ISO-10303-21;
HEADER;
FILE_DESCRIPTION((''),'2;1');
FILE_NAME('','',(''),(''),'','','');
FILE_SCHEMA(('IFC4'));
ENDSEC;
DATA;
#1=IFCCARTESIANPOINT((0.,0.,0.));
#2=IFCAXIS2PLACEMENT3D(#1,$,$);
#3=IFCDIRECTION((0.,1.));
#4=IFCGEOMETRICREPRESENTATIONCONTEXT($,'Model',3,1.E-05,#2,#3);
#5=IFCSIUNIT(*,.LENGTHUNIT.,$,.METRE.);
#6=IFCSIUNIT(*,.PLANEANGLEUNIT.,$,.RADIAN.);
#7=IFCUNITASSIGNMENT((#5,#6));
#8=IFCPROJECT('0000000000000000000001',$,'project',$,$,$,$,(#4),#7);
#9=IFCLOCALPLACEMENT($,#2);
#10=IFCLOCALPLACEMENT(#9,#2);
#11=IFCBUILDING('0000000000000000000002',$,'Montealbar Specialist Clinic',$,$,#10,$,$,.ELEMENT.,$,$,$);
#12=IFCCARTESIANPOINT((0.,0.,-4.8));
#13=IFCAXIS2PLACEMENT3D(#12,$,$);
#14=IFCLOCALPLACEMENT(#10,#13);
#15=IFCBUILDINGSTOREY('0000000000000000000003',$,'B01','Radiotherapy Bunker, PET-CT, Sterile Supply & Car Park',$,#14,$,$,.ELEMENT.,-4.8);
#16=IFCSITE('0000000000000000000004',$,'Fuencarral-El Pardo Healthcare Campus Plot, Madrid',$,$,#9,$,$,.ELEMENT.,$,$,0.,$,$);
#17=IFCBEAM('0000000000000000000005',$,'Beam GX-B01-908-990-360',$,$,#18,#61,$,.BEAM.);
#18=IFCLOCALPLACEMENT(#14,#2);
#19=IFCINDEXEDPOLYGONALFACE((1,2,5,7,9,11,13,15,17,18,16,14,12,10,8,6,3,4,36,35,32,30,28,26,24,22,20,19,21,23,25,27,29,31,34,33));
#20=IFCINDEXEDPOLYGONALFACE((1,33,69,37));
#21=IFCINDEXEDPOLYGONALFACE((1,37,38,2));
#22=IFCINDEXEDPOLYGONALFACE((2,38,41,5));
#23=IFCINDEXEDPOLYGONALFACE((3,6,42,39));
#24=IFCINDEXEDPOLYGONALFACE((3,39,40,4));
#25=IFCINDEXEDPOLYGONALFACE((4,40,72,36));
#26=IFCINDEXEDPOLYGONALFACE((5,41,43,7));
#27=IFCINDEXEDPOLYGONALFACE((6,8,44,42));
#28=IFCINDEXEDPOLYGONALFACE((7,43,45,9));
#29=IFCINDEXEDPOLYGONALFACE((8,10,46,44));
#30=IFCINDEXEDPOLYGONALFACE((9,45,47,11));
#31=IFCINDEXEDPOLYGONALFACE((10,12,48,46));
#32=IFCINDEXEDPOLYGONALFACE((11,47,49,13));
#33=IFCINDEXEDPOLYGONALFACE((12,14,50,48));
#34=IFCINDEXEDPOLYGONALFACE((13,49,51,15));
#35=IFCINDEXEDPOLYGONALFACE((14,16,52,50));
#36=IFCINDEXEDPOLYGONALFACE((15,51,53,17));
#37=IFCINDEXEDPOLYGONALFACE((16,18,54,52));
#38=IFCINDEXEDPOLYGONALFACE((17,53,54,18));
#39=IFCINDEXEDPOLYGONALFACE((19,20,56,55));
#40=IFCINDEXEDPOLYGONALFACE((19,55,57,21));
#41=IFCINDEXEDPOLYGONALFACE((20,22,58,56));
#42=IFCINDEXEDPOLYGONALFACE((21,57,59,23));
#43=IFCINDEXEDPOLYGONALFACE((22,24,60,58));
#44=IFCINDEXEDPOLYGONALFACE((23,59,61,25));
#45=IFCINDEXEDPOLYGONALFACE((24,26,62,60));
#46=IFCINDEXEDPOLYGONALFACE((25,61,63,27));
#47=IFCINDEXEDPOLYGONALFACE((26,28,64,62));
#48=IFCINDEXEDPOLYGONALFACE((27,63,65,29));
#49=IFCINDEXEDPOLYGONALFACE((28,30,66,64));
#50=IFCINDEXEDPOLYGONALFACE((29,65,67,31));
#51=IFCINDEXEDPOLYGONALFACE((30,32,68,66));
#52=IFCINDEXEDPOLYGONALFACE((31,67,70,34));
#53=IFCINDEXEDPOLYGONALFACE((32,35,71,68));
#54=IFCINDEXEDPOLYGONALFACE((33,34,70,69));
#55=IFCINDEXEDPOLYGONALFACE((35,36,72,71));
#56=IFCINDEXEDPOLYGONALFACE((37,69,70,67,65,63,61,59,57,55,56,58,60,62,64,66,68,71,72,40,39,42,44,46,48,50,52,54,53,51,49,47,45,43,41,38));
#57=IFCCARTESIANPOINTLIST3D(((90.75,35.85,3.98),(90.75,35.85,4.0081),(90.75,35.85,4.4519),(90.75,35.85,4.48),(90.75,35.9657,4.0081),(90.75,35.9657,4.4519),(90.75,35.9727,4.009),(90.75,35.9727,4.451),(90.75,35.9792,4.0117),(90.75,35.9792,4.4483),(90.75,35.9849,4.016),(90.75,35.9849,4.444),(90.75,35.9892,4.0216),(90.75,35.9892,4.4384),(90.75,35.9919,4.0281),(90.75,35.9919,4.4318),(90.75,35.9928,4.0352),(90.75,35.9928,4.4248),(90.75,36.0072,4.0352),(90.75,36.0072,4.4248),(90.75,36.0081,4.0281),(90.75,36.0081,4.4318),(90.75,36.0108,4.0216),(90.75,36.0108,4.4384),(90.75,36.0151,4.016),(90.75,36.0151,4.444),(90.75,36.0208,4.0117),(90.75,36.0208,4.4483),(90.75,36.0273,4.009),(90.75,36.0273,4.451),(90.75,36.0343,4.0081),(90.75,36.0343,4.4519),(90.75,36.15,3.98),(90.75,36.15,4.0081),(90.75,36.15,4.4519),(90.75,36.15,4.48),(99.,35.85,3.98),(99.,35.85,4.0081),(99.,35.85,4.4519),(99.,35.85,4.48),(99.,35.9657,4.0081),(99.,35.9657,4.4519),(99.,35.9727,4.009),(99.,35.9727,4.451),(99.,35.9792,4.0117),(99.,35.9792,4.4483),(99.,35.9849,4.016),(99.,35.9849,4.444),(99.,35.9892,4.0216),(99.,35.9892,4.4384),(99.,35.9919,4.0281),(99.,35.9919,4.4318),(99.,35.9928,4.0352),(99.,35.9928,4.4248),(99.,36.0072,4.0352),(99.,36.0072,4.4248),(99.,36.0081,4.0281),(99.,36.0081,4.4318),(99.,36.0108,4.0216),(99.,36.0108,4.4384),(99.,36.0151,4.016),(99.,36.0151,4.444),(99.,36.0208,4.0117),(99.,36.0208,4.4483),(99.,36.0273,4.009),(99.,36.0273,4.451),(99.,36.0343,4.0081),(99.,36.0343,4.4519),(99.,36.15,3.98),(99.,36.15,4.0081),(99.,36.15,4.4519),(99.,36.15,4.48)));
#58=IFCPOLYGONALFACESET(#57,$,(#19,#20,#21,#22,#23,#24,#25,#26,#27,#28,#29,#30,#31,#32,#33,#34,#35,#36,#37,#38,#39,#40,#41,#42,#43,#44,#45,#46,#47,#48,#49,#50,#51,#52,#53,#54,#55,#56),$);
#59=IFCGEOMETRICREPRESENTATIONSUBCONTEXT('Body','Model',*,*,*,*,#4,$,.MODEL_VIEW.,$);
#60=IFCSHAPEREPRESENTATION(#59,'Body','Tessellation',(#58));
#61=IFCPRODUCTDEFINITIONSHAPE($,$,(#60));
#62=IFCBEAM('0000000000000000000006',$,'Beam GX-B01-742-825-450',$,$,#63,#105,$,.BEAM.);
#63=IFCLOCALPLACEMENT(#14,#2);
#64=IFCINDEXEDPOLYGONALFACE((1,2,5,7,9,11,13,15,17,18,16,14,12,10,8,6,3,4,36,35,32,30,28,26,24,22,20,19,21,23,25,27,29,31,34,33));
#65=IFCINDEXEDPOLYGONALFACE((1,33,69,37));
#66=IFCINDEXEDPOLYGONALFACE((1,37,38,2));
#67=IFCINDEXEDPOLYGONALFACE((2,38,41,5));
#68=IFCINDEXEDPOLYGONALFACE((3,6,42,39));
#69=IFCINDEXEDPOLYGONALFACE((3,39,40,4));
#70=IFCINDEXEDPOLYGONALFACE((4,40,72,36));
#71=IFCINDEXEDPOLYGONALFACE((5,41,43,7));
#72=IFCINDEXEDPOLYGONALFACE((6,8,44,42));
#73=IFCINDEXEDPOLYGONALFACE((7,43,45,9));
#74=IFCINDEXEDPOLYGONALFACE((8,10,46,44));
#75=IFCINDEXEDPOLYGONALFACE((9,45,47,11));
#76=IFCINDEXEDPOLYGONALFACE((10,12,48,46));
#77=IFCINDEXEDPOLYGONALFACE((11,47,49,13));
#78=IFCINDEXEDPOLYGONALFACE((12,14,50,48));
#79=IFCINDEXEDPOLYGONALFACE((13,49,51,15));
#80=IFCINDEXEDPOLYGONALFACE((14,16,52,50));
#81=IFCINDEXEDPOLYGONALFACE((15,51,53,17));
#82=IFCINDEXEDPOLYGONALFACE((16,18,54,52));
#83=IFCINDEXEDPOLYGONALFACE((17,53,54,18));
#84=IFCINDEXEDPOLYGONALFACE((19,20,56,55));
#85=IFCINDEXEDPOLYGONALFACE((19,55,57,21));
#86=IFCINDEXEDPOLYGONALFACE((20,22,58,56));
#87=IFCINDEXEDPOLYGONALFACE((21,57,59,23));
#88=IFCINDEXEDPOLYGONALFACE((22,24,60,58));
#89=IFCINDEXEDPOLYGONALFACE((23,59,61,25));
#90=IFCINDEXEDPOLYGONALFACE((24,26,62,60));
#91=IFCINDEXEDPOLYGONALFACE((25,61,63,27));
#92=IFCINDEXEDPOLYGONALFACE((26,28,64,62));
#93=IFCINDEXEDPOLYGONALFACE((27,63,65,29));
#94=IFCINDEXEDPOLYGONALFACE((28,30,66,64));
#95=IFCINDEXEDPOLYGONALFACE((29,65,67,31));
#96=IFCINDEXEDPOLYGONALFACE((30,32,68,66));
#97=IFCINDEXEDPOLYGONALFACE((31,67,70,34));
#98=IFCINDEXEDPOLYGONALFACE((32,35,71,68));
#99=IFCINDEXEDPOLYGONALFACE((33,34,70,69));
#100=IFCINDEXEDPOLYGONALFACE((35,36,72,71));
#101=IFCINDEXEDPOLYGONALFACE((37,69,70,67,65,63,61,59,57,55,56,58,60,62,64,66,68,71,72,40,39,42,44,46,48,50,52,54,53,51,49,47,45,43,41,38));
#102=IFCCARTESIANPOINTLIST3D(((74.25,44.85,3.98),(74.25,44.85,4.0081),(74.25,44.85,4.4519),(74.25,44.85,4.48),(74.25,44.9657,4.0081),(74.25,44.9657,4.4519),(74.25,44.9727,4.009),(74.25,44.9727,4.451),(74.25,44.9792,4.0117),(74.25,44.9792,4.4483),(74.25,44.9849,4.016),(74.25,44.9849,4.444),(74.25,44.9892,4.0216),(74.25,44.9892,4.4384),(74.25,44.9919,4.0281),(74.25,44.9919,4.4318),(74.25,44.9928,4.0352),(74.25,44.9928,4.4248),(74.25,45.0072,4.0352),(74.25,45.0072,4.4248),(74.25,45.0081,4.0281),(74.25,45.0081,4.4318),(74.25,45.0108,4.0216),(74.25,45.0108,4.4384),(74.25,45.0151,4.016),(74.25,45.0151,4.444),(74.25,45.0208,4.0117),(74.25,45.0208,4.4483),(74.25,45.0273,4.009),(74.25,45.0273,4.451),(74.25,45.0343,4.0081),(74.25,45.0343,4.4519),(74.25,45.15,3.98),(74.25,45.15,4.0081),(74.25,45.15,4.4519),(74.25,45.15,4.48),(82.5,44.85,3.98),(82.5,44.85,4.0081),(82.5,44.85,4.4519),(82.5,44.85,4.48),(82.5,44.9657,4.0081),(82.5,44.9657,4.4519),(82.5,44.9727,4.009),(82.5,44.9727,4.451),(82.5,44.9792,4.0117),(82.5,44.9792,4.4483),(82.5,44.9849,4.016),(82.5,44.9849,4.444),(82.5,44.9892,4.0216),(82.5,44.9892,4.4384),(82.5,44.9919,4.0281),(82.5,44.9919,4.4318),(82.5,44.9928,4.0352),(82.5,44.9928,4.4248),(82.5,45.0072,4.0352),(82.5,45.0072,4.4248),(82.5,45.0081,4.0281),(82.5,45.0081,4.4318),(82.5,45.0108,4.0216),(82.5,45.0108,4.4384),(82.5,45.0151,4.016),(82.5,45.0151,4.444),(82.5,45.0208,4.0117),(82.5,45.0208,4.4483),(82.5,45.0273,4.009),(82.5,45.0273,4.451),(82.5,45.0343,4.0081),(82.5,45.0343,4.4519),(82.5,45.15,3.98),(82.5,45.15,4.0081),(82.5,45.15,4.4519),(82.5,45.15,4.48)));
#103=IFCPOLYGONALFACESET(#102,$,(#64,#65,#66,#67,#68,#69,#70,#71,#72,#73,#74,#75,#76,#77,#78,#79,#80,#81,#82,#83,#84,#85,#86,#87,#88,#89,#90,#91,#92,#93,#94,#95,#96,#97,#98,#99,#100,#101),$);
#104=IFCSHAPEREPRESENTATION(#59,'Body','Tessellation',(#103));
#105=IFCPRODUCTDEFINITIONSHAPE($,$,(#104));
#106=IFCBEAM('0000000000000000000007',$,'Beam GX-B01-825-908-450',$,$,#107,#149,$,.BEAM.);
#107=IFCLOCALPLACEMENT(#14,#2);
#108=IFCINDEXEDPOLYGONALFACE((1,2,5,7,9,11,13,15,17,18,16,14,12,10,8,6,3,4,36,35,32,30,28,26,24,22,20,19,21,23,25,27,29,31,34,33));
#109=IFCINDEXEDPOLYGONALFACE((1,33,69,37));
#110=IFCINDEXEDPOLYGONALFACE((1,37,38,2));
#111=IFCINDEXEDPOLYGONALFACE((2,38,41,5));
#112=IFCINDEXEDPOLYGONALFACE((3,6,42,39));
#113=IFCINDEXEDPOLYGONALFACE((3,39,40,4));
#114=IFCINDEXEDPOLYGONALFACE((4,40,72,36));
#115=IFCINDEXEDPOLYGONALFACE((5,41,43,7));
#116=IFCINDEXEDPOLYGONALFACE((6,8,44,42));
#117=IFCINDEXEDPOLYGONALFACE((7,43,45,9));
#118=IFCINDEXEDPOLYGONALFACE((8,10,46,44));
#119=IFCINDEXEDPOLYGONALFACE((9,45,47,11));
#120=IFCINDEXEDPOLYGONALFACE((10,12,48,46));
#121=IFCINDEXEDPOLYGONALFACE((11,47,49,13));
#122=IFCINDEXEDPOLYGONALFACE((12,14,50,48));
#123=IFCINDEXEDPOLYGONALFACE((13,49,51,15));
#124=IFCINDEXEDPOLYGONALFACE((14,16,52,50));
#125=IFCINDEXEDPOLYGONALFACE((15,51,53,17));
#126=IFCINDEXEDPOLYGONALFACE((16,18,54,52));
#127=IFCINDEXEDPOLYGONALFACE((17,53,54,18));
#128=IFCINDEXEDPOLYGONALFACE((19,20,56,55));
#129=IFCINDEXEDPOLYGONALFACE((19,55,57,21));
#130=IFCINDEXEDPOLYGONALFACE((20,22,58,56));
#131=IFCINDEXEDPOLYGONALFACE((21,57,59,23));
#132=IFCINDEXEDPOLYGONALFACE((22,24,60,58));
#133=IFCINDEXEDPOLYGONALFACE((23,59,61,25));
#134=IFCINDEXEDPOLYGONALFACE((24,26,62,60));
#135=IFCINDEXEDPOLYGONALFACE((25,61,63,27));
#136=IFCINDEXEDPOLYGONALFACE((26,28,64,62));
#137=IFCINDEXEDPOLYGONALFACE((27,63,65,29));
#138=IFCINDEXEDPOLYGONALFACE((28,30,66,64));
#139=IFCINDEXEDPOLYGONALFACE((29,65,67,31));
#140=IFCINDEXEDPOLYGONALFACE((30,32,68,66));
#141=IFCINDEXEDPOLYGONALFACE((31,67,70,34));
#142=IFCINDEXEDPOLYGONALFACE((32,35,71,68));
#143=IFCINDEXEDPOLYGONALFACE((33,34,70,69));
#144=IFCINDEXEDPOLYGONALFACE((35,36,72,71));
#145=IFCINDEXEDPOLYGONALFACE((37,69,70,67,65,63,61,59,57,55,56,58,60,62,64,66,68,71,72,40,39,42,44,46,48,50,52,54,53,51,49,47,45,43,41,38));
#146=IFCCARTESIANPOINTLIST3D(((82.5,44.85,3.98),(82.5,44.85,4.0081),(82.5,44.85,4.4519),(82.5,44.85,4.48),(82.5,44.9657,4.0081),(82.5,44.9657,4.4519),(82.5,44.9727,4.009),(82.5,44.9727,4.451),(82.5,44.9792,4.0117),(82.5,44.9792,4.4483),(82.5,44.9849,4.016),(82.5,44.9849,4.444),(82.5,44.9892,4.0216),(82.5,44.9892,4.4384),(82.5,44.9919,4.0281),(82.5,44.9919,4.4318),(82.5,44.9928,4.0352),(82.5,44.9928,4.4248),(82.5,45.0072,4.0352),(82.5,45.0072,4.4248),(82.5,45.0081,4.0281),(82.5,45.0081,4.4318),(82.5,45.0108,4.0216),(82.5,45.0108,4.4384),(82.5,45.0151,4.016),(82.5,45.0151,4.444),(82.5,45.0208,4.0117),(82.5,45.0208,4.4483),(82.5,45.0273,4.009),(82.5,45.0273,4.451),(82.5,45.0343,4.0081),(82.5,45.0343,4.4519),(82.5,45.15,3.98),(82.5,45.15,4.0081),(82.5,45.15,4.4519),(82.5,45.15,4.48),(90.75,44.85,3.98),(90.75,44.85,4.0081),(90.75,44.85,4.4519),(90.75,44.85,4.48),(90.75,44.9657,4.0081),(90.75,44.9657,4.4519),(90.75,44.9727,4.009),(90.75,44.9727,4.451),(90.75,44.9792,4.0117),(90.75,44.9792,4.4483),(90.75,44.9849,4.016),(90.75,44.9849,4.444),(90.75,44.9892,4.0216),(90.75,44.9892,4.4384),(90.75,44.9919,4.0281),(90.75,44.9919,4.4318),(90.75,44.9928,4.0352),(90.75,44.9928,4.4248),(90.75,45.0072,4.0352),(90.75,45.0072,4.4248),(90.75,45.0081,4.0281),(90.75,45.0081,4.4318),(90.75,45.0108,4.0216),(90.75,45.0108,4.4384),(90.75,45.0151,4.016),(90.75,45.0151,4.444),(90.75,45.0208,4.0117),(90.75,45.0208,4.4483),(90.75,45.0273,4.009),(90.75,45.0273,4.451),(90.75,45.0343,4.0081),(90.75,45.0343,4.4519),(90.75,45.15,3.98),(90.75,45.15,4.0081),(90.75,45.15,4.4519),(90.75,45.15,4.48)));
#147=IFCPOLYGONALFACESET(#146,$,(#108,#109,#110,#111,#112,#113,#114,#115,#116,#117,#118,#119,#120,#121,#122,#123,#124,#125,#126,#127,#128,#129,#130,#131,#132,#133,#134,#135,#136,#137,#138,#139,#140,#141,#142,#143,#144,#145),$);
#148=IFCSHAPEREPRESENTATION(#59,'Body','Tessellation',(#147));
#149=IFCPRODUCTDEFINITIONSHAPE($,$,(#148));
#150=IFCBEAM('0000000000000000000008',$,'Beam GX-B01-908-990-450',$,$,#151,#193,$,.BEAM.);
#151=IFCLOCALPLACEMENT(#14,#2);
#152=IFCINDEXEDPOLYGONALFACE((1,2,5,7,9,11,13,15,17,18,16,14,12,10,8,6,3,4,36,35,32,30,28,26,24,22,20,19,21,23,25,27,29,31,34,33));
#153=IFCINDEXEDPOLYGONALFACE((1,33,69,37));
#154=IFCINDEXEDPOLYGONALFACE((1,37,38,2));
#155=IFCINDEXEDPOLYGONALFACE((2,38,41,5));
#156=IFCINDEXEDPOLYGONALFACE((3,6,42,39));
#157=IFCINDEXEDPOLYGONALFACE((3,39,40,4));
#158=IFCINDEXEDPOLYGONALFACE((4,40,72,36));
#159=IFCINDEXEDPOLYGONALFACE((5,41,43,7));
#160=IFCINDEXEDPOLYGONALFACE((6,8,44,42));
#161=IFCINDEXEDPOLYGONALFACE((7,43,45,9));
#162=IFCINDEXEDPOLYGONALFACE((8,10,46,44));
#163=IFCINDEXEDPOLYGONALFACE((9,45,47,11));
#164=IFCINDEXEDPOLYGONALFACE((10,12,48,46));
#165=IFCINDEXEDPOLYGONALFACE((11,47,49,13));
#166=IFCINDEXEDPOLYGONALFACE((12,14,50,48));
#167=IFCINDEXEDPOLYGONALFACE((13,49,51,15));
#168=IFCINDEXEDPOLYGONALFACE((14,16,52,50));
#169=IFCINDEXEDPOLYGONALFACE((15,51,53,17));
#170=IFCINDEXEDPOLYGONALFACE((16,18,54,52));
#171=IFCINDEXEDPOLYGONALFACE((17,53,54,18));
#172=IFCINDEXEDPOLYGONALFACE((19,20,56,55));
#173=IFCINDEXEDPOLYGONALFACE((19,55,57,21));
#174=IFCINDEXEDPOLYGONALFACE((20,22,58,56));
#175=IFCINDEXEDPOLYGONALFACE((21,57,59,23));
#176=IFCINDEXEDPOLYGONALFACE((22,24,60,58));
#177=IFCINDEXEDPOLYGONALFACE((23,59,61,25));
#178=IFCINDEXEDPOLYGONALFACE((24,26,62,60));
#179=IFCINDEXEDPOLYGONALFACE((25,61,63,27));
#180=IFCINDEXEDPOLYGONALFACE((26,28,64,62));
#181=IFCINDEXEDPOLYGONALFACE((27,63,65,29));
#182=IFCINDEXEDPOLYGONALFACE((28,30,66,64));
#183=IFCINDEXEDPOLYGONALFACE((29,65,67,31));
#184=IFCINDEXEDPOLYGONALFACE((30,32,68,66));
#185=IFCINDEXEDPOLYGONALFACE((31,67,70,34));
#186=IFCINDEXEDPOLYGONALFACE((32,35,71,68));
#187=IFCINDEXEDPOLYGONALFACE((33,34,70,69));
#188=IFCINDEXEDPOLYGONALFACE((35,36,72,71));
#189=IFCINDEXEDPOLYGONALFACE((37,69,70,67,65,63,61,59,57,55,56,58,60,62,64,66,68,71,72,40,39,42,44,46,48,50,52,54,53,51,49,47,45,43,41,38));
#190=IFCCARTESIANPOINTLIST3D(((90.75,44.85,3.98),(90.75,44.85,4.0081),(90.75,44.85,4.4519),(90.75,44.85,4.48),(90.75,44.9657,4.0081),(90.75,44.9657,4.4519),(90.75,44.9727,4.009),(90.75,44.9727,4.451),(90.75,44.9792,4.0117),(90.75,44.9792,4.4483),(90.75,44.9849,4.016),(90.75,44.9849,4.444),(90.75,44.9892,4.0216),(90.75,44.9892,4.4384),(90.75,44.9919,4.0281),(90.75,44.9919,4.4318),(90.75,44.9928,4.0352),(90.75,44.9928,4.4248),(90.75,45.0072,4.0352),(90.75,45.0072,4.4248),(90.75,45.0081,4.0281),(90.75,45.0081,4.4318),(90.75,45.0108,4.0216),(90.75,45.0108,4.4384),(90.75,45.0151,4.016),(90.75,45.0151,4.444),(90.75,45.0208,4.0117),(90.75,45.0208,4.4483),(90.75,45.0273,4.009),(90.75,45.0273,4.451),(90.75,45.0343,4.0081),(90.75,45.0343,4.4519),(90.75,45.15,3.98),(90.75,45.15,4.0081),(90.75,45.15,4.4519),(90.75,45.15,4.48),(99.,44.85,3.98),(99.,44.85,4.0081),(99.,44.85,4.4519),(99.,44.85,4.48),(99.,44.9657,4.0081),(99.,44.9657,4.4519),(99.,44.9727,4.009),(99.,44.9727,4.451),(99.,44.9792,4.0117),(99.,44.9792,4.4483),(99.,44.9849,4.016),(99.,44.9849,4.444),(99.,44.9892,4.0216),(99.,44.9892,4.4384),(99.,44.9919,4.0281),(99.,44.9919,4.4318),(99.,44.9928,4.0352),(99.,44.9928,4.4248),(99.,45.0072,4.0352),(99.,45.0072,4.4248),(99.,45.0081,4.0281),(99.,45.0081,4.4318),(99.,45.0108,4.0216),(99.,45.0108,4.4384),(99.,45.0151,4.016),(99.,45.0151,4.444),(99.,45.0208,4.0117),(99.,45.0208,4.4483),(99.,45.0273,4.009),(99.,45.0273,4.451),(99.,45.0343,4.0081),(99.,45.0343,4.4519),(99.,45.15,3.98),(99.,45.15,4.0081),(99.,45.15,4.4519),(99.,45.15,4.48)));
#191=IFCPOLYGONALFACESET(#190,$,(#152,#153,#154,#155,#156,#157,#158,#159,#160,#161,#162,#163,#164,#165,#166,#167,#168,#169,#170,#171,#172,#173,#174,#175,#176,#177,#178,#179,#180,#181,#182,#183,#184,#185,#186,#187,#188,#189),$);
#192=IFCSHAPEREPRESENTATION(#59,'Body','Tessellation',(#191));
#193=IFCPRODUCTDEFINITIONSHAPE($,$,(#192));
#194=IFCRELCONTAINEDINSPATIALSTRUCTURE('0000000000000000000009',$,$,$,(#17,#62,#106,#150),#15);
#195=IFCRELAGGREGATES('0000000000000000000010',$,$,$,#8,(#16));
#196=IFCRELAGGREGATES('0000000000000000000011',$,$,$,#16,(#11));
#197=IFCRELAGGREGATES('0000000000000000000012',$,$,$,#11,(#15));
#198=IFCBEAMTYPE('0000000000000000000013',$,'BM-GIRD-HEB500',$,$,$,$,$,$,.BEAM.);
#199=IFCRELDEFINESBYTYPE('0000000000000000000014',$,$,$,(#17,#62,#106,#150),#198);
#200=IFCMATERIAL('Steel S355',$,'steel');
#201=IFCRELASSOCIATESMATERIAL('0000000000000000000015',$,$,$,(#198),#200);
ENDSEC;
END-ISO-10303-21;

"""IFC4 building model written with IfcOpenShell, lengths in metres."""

from ifc_helpers import new_model, si_unit, direction, frame, origin, origin_2d, place, context, subcontext, project, spatial, i_section, extrude, material, material_profile, profile_set, type_object, element, save


model = new_model("IFC4")

# Units and contexts
model_context = context("Model", 3, precision=1e-05, world=origin(), true_north=direction((0.0, 1.0)))
body_context = subcontext(model_context, "Body", "Model", "MODEL_VIEW")
ifc_project = project(units=[si_unit("LENGTHUNIT", "METRE"), si_unit("PLANEANGLEUNIT", "RADIAN")], contexts=[model_context])

# Site, building, storey
site_placement = place(None, origin())
site = spatial("IfcSite", under=ifc_project, at=site_placement, Name="Fuencarral-El Pardo Healthcare Campus Plot, Madrid", CompositionType="ELEMENT", RefElevation=0.0)
building_placement = place(site_placement, origin())
building = spatial("IfcBuilding", under=site, at=building_placement, Name="Montealbar Specialist Clinic", CompositionType="ELEMENT")
storey_placement = place(building_placement, frame((0.0, 0.0, -4.8)))
storey = spatial("IfcBuildingStorey", under=building, at=storey_placement, Name="B01", Description="Radiotherapy Bunker, PET-CT, Sterile Supply & Car Park", CompositionType="ELEMENT", Elevation=-4.8)

# Shared definitions
ifc_material_1 = material(Name="Steel S355", Category="steel")

# Beams
ifc_material_profile_1 = material_profile(ifc_material_1, i_section(OverallWidth=0.3, OverallDepth=0.5, WebThickness=0.0144, FlangeThickness=0.0281, FilletRadius=0.0271, at=origin_2d()), Name="HEB 500", Category="steel")
ifc_profile_set_1 = profile_set([ifc_material_profile_1], Name="Steel S355")
beam_type_1 = type_object("IfcBeamType", Name="BM-GIRD-HEB500", PredefinedType="BEAM", material=ifc_profile_set_1)
for number, where, z_axis, x_axis, name in (
    (1, (90.75, 36.0, 4.23), (1.0, 0.0, 0.0), (0.0, 1.0, 0.0), "Beam GX-B01-908-990-360"),
    (2, (74.25, 45.0, 4.23), (1.0, 0.0, 0.0), (0.0, 1.0, 0.0), "Beam GX-B01-742-825-450"),
    (3, (82.5, 45.0, 4.23), (1.0, 0.0, 0.0), (0.0, 1.0, 0.0), "Beam GX-B01-825-908-450"),
    (4, (90.75, 45.0, 4.23), (1.0, 0.0, 0.0), (0.0, 1.0, 0.0), "Beam GX-B01-908-990-450"),
):
    element("IfcBeam", number, at=place(storey_placement, frame(where, z_axis=z_axis, x_axis=x_axis)), inside=storey, type_object=beam_type_1, Name=name, PredefinedType="BEAM", context=body_context, shape_type="SweptSolid", body=[
        extrude(i_section(OverallWidth=0.3, OverallDepth=0.5, WebThickness=0.0144, FlangeThickness=0.0281, FilletRadius=0.0271, at=origin_2d()), origin(), (0.0, 0.0, 1.0), 8.25),
    ])

save(model, "model.ifc")
